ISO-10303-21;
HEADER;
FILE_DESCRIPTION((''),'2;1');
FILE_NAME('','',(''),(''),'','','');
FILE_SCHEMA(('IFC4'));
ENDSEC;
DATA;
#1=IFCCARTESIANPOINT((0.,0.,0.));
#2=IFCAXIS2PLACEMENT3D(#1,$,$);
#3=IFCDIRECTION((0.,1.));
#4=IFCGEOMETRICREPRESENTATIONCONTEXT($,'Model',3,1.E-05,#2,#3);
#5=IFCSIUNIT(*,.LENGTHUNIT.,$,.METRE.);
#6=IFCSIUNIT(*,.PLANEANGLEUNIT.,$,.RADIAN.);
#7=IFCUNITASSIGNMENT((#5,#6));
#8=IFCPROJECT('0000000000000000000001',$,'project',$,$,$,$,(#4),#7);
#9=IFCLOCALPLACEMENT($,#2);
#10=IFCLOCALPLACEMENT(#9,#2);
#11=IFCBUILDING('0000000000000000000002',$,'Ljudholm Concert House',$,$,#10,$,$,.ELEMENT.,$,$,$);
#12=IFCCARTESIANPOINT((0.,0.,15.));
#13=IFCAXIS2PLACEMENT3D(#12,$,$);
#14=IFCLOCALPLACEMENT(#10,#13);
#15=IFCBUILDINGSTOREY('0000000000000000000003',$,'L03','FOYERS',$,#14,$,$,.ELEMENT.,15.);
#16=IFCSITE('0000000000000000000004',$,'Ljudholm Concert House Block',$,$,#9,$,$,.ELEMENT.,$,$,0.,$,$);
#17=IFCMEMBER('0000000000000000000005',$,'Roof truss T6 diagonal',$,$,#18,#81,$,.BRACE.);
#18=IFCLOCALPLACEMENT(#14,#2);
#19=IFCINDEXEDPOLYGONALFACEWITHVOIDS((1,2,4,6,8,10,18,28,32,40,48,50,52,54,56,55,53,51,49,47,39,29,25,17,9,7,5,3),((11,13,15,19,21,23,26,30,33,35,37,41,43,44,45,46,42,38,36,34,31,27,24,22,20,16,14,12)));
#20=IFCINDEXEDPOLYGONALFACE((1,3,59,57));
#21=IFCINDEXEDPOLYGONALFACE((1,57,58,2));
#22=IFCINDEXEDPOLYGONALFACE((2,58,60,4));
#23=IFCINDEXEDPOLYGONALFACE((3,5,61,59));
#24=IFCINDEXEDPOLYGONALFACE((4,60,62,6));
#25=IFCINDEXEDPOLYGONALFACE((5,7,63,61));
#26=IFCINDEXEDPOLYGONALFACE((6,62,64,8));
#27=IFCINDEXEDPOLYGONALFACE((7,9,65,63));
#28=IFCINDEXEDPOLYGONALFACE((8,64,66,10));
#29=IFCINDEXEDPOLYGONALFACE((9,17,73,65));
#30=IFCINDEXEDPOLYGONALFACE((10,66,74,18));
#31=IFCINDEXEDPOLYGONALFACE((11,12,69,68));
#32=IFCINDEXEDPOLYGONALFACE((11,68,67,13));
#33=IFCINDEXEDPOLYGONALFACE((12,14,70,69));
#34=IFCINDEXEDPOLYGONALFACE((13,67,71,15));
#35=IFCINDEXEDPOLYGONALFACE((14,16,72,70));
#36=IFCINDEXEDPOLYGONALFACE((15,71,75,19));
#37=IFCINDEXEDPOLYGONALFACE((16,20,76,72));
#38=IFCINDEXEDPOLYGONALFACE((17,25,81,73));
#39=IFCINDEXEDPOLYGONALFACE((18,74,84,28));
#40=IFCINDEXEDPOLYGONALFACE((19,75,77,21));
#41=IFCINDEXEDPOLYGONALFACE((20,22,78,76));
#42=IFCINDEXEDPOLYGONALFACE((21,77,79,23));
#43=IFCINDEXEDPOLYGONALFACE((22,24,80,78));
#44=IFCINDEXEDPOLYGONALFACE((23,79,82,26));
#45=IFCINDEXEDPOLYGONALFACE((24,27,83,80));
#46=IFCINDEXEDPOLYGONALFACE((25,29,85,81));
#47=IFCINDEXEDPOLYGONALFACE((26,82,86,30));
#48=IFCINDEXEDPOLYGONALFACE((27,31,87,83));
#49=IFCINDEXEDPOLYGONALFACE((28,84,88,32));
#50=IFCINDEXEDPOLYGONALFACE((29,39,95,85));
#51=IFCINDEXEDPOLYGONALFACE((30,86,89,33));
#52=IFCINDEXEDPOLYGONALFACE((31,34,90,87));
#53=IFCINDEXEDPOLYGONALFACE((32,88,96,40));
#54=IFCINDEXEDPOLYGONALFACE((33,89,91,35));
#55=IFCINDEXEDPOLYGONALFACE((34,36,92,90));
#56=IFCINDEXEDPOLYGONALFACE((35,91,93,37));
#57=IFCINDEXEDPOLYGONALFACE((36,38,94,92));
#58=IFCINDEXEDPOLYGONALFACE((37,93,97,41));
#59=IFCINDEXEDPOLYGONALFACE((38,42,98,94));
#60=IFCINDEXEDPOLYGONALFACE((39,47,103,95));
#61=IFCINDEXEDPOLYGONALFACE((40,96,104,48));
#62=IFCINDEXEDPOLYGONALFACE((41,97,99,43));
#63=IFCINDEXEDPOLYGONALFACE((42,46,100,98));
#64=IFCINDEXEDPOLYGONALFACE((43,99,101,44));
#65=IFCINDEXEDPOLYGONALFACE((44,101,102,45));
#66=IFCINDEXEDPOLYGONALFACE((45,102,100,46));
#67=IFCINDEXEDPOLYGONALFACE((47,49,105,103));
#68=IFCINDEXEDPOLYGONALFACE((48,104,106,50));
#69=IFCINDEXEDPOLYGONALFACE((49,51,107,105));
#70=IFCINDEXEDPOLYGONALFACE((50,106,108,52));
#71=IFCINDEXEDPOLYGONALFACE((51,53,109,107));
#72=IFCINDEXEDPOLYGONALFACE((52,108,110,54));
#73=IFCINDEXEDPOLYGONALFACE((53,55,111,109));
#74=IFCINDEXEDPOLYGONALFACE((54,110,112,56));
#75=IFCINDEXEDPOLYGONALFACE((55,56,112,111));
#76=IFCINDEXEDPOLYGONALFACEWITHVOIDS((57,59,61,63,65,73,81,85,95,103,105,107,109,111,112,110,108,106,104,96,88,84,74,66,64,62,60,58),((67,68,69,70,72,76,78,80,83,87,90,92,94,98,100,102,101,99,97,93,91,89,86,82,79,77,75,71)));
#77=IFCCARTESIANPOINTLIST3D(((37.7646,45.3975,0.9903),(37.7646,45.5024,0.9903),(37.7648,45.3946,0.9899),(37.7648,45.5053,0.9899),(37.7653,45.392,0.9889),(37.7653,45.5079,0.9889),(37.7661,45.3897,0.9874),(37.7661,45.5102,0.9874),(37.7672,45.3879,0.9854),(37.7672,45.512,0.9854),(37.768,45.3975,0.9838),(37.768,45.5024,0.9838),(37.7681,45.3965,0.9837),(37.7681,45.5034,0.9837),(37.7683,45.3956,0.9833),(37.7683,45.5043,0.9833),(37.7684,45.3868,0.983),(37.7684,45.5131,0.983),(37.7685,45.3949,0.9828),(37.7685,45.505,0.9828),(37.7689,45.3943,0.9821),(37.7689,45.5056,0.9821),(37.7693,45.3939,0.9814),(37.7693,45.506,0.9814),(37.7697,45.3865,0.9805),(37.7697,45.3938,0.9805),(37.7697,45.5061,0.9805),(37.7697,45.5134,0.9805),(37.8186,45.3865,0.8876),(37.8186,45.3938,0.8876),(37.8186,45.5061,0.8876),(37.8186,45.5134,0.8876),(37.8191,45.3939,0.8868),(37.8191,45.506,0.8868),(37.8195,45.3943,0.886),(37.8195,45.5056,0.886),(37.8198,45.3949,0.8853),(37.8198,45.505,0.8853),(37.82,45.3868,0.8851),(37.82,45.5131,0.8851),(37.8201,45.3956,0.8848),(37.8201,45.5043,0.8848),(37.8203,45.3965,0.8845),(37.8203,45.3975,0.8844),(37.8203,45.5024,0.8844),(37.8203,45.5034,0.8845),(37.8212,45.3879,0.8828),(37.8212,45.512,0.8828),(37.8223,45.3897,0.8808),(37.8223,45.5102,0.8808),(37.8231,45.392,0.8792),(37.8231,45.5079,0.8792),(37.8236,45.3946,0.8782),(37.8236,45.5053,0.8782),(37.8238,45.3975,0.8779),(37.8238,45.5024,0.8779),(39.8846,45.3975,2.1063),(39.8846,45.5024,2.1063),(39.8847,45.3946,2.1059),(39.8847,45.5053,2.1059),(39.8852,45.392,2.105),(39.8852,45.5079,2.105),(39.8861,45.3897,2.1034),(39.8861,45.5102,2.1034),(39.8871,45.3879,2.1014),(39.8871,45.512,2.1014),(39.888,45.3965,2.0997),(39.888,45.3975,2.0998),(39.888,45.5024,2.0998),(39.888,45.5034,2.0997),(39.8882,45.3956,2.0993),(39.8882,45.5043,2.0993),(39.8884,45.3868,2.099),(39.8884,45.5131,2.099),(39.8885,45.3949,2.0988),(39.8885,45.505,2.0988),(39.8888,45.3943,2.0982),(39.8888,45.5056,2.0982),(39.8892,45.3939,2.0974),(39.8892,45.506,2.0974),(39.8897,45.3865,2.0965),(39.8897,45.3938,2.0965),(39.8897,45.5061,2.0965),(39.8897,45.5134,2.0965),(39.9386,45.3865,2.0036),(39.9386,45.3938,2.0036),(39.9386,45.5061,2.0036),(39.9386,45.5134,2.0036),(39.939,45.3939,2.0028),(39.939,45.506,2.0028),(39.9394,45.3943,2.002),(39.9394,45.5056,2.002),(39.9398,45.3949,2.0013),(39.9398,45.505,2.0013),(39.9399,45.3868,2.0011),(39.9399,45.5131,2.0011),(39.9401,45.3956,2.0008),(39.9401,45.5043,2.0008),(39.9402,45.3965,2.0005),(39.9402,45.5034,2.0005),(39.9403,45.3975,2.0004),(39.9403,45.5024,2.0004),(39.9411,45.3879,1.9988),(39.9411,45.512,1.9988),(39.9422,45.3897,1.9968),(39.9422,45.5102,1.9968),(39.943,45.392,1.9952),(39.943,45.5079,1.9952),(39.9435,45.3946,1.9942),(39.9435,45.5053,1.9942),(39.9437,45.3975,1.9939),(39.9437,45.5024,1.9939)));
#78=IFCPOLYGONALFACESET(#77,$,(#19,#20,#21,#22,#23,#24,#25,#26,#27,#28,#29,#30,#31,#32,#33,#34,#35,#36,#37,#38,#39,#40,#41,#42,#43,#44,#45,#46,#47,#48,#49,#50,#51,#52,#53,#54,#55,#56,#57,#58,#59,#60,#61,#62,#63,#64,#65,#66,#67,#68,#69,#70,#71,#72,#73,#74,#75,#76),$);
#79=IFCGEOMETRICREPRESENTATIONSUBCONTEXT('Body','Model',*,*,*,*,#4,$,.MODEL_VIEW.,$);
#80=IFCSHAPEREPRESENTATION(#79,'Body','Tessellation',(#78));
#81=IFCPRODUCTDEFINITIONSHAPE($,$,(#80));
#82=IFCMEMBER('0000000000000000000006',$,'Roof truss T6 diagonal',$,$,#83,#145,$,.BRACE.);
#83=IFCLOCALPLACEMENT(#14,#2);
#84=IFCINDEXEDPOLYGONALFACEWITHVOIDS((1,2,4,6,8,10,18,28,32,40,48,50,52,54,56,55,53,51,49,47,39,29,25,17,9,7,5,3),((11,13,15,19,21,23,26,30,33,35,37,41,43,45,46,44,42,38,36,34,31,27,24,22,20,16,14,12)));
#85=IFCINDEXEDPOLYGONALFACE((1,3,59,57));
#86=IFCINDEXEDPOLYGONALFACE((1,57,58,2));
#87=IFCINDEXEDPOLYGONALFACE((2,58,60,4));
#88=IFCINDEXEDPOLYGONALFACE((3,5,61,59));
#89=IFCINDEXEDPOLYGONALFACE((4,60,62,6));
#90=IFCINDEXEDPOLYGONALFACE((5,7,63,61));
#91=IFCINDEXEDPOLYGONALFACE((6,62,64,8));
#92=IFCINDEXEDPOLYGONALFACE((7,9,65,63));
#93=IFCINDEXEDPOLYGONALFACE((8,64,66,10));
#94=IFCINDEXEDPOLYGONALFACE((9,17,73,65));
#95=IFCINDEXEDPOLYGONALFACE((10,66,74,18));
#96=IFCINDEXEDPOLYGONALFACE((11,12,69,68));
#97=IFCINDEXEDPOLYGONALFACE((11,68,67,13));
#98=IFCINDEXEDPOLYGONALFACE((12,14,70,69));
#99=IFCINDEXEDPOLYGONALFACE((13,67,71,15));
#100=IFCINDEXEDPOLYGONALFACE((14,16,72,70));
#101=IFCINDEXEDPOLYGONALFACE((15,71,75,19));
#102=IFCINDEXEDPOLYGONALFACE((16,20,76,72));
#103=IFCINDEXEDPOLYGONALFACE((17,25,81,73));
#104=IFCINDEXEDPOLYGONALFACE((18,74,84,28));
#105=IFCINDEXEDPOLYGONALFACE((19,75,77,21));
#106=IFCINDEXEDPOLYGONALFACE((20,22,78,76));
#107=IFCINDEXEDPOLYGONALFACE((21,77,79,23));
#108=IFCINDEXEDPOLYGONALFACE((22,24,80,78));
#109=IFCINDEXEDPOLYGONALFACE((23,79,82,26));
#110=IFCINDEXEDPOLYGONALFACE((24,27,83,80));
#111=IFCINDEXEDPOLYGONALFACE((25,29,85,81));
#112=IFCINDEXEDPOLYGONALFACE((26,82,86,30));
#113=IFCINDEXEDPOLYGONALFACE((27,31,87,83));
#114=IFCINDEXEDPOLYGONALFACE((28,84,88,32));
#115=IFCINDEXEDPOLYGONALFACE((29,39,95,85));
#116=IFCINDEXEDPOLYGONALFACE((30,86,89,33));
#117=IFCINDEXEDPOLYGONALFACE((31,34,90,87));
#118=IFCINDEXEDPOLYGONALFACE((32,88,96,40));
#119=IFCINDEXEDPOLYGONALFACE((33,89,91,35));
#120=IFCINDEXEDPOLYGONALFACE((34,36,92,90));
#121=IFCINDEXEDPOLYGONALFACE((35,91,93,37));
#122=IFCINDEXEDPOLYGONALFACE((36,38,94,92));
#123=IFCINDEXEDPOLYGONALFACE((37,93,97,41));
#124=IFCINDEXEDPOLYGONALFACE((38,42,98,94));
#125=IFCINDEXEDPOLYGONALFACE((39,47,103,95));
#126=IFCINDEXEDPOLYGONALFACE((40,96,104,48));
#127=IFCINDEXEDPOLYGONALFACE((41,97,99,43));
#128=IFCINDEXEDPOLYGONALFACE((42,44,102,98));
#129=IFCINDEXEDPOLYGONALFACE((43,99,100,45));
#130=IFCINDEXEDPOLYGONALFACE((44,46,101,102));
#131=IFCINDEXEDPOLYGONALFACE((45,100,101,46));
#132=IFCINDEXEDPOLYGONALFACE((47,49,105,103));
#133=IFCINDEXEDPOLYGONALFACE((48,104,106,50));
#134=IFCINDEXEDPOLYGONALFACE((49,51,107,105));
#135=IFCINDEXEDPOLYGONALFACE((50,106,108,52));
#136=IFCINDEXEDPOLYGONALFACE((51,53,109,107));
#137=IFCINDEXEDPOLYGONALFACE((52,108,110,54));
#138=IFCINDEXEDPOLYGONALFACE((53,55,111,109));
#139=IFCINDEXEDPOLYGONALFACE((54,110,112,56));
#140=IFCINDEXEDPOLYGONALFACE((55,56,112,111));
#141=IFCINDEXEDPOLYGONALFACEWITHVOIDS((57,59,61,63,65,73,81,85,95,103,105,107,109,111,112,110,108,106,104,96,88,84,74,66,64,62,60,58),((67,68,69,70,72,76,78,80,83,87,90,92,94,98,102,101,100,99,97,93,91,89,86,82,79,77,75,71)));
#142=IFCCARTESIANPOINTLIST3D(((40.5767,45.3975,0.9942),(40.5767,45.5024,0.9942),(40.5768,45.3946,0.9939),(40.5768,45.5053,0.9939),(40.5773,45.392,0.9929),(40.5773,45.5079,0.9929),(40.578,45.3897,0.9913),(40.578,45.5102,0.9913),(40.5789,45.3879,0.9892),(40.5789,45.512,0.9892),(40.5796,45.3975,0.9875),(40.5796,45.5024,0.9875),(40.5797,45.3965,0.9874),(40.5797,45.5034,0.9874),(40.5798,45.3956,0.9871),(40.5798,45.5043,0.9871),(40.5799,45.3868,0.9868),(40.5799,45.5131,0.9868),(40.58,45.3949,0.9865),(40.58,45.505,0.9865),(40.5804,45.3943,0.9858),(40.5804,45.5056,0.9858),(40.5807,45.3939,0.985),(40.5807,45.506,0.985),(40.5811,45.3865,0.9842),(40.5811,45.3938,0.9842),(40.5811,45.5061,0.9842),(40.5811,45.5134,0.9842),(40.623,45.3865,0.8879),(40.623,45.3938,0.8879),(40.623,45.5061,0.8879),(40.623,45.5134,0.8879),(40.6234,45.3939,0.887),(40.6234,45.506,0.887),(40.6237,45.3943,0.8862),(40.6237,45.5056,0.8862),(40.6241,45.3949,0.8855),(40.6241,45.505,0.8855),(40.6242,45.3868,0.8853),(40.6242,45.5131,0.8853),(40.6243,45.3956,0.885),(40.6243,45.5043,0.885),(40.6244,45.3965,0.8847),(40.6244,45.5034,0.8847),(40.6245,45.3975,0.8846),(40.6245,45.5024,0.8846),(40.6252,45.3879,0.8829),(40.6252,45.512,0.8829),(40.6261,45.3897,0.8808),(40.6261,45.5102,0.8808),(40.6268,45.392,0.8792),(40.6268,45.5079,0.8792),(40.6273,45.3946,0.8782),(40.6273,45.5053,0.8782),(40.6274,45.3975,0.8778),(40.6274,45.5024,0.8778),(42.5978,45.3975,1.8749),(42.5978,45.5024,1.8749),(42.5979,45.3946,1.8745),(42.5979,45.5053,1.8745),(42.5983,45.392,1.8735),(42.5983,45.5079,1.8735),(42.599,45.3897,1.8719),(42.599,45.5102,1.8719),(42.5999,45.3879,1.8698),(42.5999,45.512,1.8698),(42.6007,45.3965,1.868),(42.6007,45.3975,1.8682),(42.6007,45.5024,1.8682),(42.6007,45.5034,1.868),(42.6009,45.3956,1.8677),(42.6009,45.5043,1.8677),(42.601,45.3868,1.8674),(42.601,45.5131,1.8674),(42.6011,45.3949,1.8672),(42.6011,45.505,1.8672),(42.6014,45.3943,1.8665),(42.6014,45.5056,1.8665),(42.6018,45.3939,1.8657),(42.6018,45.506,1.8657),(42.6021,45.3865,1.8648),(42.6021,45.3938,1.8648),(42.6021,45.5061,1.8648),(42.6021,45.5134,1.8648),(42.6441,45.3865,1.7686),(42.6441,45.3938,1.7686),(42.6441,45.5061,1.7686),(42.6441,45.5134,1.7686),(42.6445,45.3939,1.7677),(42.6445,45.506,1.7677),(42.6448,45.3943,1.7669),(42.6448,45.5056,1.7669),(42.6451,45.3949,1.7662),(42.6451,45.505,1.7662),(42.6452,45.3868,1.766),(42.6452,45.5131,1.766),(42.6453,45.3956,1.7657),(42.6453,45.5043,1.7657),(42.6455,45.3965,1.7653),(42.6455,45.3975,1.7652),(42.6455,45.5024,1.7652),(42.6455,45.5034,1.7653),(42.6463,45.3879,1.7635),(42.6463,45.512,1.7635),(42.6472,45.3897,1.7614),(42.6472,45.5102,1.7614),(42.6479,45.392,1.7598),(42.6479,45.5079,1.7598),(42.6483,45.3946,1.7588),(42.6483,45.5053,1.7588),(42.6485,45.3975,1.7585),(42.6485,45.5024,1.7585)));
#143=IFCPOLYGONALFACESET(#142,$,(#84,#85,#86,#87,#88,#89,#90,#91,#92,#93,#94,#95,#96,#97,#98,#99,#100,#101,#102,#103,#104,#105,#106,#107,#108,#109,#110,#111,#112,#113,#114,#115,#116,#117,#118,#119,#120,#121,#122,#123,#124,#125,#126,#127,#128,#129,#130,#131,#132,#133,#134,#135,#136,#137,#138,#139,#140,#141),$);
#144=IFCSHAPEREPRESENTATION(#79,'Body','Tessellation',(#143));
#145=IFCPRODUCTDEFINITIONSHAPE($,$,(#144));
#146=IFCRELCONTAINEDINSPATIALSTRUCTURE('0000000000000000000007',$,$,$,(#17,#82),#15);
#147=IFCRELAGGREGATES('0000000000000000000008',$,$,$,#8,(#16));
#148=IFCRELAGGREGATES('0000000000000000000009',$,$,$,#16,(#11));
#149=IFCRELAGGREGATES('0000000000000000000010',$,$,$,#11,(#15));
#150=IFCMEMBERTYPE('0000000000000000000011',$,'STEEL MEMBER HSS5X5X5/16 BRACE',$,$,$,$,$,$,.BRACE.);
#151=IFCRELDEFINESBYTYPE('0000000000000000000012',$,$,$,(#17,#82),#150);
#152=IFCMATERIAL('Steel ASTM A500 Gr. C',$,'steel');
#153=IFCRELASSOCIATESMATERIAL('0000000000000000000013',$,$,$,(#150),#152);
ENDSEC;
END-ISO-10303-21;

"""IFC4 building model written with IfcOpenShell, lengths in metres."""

from ifc_helpers import new_model, si_unit, direction, frame, origin, origin_2d, place, context, subcontext, project, spatial, hollow_rectangle, extrude, material, material_profile, profile_set, type_object, element, save


model = new_model("IFC4")

# Units and contexts
model_context = context("Model", 3, precision=1e-05, world=origin(), true_north=direction((0.0, 1.0)))
body_context = subcontext(model_context, "Body", "Model", "MODEL_VIEW")
ifc_project = project(units=[si_unit("LENGTHUNIT", "METRE"), si_unit("PLANEANGLEUNIT", "RADIAN")], contexts=[model_context])

# Site, building, storey
site_placement = place(None, origin())
site = spatial("IfcSite", under=ifc_project, at=site_placement, Name="Ljudholm Concert House Block", CompositionType="ELEMENT", RefElevation=0.0)
building_placement = place(site_placement, origin())
building = spatial("IfcBuilding", under=site, at=building_placement, Name="Ljudholm Concert House", CompositionType="ELEMENT")
storey_placement = place(building_placement, frame((0.0, 0.0, 15.0)))
storey = spatial("IfcBuildingStorey", under=building, at=storey_placement, Name="L03", Description="FOYERS", CompositionType="ELEMENT", Elevation=15.0)

# Members
ifc_material_1 = material(Name="Steel ASTM A500 Gr. C", Category="steel")
ifc_material_profile_1 = material_profile(ifc_material_1, hollow_rectangle(XDim=0.127, YDim=0.127, WallThickness=0.0073, InnerFilletRadius=0.0037, OuterFilletRadius=0.011, at=origin_2d()), Name="HSS5X5X5/16")
ifc_profile_set_1 = profile_set([ifc_material_profile_1], Name="Steel ASTM A500 Gr. C")
member_type_1 = type_object("IfcMemberType", Name="STEEL MEMBER HSS5X5X5/16 BRACE", PredefinedType="BRACE", material=ifc_profile_set_1)
member_1_placement = place(storey_placement, frame((37.7942, 45.45, 0.9341), z_axis=(0.884876, 0.0, 0.465826), x_axis=(0.0, 1.0, 0.0)))
element("IfcMember", 1, at=member_1_placement, inside=storey, type_object=member_type_1, Name="Roof truss T6 diagonal", PredefinedType="BRACE", context=body_context, shape_type="SweptSolid", body=[
    extrude(hollow_rectangle(XDim=0.127, YDim=0.127, WallThickness=0.0073, InnerFilletRadius=0.0037, OuterFilletRadius=0.011, at=origin_2d()), origin(), (0.0, 0.0, 1.0), 2.3958),
])
member_2_placement = place(storey_placement, frame((40.6021, 45.45, 0.936), z_axis=(0.916751, 0.0, 0.399459), x_axis=(0.0, 1.0, 0.0)))
element("IfcMember", 2, at=member_2_placement, inside=storey, type_object=member_type_1, Name="Roof truss T6 diagonal", PredefinedType="BRACE", context=body_context, shape_type="SweptSolid", body=[
    extrude(hollow_rectangle(XDim=0.127, YDim=0.127, WallThickness=0.0073, InnerFilletRadius=0.0037, OuterFilletRadius=0.011, at=origin_2d()), origin(), (0.0, 0.0, 1.0), 2.2046),
])

save(model, "model.ifc")
